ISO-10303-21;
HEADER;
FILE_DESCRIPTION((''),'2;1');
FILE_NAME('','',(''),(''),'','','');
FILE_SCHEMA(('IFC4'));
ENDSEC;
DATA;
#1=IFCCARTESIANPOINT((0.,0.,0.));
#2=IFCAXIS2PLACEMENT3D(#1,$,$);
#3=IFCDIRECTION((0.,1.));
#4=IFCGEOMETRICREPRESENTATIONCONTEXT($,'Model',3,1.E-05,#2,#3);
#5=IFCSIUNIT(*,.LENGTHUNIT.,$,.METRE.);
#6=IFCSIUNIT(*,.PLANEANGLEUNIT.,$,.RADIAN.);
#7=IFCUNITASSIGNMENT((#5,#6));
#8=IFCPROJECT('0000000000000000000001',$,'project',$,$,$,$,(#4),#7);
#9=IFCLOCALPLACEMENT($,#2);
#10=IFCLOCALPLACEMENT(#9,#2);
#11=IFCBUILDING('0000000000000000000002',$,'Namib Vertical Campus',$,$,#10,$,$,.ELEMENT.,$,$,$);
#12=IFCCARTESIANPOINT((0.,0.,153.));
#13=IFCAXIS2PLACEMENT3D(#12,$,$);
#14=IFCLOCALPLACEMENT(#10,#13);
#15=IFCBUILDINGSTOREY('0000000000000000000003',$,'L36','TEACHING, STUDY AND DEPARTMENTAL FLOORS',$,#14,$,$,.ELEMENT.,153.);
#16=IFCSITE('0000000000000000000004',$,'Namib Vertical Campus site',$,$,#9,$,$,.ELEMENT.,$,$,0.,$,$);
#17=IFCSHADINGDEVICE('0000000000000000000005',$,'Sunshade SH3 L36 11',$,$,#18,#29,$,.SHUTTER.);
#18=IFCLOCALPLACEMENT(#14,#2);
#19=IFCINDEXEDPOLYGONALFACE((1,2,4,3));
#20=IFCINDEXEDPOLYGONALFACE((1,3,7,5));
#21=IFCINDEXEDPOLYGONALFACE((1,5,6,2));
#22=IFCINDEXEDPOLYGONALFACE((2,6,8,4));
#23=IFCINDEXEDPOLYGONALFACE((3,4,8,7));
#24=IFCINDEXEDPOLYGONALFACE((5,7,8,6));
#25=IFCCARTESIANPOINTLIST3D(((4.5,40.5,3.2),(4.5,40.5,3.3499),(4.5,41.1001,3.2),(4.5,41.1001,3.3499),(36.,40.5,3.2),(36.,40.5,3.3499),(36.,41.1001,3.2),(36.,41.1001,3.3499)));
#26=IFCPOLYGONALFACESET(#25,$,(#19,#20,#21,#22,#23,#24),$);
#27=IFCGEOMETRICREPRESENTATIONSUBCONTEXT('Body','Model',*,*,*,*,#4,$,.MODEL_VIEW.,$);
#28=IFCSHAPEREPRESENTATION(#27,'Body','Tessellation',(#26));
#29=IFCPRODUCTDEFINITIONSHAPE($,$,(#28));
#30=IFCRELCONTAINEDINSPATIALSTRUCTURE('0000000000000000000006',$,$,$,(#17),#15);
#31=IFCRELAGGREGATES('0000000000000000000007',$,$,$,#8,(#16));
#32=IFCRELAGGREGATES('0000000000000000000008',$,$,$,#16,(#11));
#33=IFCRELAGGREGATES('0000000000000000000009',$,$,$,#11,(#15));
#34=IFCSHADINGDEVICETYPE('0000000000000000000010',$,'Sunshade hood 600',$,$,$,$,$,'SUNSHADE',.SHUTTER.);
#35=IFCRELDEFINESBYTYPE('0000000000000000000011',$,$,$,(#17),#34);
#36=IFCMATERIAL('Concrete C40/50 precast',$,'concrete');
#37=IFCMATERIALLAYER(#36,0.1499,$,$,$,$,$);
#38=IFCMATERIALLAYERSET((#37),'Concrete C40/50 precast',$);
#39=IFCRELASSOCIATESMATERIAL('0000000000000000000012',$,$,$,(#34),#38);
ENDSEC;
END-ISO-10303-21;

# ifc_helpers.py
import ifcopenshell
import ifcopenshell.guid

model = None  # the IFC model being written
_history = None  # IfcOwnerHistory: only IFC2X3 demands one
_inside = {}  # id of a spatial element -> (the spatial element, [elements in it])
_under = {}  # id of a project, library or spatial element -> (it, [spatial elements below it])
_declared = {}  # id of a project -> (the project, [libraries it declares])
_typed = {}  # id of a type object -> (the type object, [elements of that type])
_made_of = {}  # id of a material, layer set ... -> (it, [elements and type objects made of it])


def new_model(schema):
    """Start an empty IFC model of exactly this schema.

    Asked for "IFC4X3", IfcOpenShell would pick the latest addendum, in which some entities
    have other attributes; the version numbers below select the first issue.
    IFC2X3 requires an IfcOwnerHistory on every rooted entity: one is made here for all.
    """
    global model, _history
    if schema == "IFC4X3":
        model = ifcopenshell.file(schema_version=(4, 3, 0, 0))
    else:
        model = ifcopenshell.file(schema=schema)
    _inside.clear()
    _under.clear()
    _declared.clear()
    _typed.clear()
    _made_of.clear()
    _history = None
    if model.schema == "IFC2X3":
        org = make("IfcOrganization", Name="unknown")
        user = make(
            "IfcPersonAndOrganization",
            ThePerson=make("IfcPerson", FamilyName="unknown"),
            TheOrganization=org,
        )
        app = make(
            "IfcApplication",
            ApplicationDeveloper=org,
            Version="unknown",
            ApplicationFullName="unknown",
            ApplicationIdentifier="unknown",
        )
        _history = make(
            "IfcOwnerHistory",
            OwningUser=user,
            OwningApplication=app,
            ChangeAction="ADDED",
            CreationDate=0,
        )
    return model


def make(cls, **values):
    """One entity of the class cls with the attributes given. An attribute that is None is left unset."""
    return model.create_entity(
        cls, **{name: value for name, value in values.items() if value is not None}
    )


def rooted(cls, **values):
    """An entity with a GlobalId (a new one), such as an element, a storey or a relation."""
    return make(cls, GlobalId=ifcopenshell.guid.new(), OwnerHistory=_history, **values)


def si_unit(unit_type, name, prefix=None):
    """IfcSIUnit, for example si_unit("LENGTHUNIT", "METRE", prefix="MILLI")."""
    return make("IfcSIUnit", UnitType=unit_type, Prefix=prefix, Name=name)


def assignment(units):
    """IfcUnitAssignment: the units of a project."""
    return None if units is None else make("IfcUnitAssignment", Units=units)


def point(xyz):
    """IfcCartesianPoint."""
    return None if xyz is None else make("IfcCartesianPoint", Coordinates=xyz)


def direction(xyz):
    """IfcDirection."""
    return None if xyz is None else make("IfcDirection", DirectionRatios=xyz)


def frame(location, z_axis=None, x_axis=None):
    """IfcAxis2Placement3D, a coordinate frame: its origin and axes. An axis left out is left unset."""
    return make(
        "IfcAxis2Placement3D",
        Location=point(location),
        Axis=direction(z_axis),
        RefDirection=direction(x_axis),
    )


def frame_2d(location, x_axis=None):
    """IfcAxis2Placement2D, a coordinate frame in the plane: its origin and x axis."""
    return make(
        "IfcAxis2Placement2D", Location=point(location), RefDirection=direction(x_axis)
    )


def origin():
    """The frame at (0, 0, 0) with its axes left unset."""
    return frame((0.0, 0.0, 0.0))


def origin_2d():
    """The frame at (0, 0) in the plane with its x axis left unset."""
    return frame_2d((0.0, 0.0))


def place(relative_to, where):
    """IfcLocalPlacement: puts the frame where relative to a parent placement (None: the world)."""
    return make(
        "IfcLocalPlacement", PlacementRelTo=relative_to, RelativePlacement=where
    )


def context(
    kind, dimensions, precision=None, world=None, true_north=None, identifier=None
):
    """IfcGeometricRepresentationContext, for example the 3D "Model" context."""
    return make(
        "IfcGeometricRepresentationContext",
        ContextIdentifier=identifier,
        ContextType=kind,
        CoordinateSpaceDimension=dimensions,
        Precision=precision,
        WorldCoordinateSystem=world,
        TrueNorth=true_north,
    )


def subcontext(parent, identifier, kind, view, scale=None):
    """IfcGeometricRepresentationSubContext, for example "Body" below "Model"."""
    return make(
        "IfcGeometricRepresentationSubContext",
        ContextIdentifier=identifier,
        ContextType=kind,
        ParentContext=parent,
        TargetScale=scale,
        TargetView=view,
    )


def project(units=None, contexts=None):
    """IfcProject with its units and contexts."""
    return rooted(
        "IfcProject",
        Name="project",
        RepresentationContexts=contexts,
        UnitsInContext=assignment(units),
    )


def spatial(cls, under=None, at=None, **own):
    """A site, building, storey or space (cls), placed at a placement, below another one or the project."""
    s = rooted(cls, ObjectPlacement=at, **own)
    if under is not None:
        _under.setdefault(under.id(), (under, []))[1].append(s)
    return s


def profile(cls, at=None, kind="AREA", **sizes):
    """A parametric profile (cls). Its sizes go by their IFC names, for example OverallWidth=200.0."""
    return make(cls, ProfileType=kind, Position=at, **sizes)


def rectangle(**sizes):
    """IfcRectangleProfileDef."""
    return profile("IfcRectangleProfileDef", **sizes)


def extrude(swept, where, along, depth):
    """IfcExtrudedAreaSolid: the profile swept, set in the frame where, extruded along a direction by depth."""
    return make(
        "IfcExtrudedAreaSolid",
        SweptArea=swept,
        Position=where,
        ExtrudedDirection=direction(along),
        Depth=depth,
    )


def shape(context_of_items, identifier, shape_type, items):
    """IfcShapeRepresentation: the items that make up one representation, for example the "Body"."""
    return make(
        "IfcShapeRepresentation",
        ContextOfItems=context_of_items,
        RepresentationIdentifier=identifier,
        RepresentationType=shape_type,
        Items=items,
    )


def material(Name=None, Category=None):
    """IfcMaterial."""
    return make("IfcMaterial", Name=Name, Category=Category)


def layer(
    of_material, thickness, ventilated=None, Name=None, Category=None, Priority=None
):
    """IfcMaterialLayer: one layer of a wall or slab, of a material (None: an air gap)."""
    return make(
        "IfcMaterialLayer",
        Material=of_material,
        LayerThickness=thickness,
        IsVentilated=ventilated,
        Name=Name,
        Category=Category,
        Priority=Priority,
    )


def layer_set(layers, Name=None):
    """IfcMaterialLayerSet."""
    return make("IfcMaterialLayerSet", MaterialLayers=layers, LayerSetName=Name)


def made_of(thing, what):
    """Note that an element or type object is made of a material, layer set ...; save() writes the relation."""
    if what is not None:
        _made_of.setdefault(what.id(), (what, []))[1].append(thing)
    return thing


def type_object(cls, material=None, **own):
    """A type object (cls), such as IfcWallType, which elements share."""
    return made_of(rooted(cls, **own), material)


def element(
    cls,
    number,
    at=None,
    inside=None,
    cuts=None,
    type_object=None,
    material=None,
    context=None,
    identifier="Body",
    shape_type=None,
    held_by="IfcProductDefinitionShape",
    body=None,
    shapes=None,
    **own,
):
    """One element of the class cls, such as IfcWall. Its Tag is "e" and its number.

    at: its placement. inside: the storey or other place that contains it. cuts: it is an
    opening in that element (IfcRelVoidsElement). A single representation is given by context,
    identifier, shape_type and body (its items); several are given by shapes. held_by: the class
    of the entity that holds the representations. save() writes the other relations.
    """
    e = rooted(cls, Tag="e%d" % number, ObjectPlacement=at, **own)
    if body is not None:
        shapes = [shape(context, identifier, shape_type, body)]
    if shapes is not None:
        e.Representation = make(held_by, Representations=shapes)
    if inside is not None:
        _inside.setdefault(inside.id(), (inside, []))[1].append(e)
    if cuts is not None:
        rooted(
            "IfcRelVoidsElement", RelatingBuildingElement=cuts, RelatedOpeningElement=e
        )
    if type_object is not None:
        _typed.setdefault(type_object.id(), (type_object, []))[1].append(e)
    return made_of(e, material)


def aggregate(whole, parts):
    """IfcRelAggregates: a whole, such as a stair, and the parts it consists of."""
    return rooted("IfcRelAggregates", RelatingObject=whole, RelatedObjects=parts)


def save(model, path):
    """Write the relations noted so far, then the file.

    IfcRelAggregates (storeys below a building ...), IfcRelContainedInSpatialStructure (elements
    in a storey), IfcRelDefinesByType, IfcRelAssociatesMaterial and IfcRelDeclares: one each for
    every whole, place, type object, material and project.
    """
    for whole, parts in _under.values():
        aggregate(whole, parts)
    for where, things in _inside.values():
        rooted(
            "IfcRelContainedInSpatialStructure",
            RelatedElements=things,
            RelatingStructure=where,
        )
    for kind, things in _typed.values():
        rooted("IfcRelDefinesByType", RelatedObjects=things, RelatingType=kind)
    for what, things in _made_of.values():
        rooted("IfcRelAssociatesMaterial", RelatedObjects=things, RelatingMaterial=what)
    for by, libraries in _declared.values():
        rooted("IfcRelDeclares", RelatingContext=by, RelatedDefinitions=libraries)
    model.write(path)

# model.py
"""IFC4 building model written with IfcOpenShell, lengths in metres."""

from ifc_helpers import new_model, si_unit, direction, frame, origin, origin_2d, place, context, subcontext, project, spatial, rectangle, extrude, material, layer, layer_set, type_object, element, save


model = new_model("IFC4")

# Units and contexts
model_context = context("Model", 3, precision=1e-05, world=origin(), true_north=direction((0.0, 1.0)))
body_context = subcontext(model_context, "Body", "Model", "MODEL_VIEW")
ifc_project = project(units=[si_unit("LENGTHUNIT", "METRE"), si_unit("PLANEANGLEUNIT", "RADIAN")], contexts=[model_context])

# Site, building, storey
site_placement = place(None, origin())
site = spatial("IfcSite", under=ifc_project, at=site_placement, Name="Namib Vertical Campus site", CompositionType="ELEMENT", RefElevation=0.0)
building_placement = place(site_placement, origin())
building = spatial("IfcBuilding", under=site, at=building_placement, Name="Namib Vertical Campus", CompositionType="ELEMENT")
storey_placement = place(building_placement, frame((0.0, 0.0, 153.0)))
storey = spatial("IfcBuildingStorey", under=building, at=storey_placement, Name="L36", Description="TEACHING, STUDY AND DEPARTMENTAL FLOORS", CompositionType="ELEMENT", Elevation=153.0)

# Shading device
ifc_material_1 = material(Name="Concrete C40/50 precast", Category="concrete")
ifc_layer_1 = layer(ifc_material_1, 0.1499)
ifc_layer_set_1 = layer_set([ifc_layer_1], Name="Concrete C40/50 precast")
shading_device_type = type_object("IfcShadingDeviceType", Name="Sunshade hood 600", ElementType="SUNSHADE", PredefinedType="SHUTTER", material=ifc_layer_set_1)
shading_device_placement = place(storey_placement, frame((20.25, 40.8, 3.2), z_axis=(0.0, 0.0, 1.0), x_axis=(-1.0, 0.0, 0.0)))
element("IfcShadingDevice", 1, at=shading_device_placement, inside=storey, type_object=shading_device_type, Name="Sunshade SH3 L36 11", PredefinedType="SHUTTER", context=body_context, shape_type="SweptSolid", body=[
    extrude(rectangle(XDim=31.5, YDim=0.6001, at=origin_2d()), origin(), (0.0, 0.0, 1.0), 0.1499),
])

save(model, "model.ifc")
